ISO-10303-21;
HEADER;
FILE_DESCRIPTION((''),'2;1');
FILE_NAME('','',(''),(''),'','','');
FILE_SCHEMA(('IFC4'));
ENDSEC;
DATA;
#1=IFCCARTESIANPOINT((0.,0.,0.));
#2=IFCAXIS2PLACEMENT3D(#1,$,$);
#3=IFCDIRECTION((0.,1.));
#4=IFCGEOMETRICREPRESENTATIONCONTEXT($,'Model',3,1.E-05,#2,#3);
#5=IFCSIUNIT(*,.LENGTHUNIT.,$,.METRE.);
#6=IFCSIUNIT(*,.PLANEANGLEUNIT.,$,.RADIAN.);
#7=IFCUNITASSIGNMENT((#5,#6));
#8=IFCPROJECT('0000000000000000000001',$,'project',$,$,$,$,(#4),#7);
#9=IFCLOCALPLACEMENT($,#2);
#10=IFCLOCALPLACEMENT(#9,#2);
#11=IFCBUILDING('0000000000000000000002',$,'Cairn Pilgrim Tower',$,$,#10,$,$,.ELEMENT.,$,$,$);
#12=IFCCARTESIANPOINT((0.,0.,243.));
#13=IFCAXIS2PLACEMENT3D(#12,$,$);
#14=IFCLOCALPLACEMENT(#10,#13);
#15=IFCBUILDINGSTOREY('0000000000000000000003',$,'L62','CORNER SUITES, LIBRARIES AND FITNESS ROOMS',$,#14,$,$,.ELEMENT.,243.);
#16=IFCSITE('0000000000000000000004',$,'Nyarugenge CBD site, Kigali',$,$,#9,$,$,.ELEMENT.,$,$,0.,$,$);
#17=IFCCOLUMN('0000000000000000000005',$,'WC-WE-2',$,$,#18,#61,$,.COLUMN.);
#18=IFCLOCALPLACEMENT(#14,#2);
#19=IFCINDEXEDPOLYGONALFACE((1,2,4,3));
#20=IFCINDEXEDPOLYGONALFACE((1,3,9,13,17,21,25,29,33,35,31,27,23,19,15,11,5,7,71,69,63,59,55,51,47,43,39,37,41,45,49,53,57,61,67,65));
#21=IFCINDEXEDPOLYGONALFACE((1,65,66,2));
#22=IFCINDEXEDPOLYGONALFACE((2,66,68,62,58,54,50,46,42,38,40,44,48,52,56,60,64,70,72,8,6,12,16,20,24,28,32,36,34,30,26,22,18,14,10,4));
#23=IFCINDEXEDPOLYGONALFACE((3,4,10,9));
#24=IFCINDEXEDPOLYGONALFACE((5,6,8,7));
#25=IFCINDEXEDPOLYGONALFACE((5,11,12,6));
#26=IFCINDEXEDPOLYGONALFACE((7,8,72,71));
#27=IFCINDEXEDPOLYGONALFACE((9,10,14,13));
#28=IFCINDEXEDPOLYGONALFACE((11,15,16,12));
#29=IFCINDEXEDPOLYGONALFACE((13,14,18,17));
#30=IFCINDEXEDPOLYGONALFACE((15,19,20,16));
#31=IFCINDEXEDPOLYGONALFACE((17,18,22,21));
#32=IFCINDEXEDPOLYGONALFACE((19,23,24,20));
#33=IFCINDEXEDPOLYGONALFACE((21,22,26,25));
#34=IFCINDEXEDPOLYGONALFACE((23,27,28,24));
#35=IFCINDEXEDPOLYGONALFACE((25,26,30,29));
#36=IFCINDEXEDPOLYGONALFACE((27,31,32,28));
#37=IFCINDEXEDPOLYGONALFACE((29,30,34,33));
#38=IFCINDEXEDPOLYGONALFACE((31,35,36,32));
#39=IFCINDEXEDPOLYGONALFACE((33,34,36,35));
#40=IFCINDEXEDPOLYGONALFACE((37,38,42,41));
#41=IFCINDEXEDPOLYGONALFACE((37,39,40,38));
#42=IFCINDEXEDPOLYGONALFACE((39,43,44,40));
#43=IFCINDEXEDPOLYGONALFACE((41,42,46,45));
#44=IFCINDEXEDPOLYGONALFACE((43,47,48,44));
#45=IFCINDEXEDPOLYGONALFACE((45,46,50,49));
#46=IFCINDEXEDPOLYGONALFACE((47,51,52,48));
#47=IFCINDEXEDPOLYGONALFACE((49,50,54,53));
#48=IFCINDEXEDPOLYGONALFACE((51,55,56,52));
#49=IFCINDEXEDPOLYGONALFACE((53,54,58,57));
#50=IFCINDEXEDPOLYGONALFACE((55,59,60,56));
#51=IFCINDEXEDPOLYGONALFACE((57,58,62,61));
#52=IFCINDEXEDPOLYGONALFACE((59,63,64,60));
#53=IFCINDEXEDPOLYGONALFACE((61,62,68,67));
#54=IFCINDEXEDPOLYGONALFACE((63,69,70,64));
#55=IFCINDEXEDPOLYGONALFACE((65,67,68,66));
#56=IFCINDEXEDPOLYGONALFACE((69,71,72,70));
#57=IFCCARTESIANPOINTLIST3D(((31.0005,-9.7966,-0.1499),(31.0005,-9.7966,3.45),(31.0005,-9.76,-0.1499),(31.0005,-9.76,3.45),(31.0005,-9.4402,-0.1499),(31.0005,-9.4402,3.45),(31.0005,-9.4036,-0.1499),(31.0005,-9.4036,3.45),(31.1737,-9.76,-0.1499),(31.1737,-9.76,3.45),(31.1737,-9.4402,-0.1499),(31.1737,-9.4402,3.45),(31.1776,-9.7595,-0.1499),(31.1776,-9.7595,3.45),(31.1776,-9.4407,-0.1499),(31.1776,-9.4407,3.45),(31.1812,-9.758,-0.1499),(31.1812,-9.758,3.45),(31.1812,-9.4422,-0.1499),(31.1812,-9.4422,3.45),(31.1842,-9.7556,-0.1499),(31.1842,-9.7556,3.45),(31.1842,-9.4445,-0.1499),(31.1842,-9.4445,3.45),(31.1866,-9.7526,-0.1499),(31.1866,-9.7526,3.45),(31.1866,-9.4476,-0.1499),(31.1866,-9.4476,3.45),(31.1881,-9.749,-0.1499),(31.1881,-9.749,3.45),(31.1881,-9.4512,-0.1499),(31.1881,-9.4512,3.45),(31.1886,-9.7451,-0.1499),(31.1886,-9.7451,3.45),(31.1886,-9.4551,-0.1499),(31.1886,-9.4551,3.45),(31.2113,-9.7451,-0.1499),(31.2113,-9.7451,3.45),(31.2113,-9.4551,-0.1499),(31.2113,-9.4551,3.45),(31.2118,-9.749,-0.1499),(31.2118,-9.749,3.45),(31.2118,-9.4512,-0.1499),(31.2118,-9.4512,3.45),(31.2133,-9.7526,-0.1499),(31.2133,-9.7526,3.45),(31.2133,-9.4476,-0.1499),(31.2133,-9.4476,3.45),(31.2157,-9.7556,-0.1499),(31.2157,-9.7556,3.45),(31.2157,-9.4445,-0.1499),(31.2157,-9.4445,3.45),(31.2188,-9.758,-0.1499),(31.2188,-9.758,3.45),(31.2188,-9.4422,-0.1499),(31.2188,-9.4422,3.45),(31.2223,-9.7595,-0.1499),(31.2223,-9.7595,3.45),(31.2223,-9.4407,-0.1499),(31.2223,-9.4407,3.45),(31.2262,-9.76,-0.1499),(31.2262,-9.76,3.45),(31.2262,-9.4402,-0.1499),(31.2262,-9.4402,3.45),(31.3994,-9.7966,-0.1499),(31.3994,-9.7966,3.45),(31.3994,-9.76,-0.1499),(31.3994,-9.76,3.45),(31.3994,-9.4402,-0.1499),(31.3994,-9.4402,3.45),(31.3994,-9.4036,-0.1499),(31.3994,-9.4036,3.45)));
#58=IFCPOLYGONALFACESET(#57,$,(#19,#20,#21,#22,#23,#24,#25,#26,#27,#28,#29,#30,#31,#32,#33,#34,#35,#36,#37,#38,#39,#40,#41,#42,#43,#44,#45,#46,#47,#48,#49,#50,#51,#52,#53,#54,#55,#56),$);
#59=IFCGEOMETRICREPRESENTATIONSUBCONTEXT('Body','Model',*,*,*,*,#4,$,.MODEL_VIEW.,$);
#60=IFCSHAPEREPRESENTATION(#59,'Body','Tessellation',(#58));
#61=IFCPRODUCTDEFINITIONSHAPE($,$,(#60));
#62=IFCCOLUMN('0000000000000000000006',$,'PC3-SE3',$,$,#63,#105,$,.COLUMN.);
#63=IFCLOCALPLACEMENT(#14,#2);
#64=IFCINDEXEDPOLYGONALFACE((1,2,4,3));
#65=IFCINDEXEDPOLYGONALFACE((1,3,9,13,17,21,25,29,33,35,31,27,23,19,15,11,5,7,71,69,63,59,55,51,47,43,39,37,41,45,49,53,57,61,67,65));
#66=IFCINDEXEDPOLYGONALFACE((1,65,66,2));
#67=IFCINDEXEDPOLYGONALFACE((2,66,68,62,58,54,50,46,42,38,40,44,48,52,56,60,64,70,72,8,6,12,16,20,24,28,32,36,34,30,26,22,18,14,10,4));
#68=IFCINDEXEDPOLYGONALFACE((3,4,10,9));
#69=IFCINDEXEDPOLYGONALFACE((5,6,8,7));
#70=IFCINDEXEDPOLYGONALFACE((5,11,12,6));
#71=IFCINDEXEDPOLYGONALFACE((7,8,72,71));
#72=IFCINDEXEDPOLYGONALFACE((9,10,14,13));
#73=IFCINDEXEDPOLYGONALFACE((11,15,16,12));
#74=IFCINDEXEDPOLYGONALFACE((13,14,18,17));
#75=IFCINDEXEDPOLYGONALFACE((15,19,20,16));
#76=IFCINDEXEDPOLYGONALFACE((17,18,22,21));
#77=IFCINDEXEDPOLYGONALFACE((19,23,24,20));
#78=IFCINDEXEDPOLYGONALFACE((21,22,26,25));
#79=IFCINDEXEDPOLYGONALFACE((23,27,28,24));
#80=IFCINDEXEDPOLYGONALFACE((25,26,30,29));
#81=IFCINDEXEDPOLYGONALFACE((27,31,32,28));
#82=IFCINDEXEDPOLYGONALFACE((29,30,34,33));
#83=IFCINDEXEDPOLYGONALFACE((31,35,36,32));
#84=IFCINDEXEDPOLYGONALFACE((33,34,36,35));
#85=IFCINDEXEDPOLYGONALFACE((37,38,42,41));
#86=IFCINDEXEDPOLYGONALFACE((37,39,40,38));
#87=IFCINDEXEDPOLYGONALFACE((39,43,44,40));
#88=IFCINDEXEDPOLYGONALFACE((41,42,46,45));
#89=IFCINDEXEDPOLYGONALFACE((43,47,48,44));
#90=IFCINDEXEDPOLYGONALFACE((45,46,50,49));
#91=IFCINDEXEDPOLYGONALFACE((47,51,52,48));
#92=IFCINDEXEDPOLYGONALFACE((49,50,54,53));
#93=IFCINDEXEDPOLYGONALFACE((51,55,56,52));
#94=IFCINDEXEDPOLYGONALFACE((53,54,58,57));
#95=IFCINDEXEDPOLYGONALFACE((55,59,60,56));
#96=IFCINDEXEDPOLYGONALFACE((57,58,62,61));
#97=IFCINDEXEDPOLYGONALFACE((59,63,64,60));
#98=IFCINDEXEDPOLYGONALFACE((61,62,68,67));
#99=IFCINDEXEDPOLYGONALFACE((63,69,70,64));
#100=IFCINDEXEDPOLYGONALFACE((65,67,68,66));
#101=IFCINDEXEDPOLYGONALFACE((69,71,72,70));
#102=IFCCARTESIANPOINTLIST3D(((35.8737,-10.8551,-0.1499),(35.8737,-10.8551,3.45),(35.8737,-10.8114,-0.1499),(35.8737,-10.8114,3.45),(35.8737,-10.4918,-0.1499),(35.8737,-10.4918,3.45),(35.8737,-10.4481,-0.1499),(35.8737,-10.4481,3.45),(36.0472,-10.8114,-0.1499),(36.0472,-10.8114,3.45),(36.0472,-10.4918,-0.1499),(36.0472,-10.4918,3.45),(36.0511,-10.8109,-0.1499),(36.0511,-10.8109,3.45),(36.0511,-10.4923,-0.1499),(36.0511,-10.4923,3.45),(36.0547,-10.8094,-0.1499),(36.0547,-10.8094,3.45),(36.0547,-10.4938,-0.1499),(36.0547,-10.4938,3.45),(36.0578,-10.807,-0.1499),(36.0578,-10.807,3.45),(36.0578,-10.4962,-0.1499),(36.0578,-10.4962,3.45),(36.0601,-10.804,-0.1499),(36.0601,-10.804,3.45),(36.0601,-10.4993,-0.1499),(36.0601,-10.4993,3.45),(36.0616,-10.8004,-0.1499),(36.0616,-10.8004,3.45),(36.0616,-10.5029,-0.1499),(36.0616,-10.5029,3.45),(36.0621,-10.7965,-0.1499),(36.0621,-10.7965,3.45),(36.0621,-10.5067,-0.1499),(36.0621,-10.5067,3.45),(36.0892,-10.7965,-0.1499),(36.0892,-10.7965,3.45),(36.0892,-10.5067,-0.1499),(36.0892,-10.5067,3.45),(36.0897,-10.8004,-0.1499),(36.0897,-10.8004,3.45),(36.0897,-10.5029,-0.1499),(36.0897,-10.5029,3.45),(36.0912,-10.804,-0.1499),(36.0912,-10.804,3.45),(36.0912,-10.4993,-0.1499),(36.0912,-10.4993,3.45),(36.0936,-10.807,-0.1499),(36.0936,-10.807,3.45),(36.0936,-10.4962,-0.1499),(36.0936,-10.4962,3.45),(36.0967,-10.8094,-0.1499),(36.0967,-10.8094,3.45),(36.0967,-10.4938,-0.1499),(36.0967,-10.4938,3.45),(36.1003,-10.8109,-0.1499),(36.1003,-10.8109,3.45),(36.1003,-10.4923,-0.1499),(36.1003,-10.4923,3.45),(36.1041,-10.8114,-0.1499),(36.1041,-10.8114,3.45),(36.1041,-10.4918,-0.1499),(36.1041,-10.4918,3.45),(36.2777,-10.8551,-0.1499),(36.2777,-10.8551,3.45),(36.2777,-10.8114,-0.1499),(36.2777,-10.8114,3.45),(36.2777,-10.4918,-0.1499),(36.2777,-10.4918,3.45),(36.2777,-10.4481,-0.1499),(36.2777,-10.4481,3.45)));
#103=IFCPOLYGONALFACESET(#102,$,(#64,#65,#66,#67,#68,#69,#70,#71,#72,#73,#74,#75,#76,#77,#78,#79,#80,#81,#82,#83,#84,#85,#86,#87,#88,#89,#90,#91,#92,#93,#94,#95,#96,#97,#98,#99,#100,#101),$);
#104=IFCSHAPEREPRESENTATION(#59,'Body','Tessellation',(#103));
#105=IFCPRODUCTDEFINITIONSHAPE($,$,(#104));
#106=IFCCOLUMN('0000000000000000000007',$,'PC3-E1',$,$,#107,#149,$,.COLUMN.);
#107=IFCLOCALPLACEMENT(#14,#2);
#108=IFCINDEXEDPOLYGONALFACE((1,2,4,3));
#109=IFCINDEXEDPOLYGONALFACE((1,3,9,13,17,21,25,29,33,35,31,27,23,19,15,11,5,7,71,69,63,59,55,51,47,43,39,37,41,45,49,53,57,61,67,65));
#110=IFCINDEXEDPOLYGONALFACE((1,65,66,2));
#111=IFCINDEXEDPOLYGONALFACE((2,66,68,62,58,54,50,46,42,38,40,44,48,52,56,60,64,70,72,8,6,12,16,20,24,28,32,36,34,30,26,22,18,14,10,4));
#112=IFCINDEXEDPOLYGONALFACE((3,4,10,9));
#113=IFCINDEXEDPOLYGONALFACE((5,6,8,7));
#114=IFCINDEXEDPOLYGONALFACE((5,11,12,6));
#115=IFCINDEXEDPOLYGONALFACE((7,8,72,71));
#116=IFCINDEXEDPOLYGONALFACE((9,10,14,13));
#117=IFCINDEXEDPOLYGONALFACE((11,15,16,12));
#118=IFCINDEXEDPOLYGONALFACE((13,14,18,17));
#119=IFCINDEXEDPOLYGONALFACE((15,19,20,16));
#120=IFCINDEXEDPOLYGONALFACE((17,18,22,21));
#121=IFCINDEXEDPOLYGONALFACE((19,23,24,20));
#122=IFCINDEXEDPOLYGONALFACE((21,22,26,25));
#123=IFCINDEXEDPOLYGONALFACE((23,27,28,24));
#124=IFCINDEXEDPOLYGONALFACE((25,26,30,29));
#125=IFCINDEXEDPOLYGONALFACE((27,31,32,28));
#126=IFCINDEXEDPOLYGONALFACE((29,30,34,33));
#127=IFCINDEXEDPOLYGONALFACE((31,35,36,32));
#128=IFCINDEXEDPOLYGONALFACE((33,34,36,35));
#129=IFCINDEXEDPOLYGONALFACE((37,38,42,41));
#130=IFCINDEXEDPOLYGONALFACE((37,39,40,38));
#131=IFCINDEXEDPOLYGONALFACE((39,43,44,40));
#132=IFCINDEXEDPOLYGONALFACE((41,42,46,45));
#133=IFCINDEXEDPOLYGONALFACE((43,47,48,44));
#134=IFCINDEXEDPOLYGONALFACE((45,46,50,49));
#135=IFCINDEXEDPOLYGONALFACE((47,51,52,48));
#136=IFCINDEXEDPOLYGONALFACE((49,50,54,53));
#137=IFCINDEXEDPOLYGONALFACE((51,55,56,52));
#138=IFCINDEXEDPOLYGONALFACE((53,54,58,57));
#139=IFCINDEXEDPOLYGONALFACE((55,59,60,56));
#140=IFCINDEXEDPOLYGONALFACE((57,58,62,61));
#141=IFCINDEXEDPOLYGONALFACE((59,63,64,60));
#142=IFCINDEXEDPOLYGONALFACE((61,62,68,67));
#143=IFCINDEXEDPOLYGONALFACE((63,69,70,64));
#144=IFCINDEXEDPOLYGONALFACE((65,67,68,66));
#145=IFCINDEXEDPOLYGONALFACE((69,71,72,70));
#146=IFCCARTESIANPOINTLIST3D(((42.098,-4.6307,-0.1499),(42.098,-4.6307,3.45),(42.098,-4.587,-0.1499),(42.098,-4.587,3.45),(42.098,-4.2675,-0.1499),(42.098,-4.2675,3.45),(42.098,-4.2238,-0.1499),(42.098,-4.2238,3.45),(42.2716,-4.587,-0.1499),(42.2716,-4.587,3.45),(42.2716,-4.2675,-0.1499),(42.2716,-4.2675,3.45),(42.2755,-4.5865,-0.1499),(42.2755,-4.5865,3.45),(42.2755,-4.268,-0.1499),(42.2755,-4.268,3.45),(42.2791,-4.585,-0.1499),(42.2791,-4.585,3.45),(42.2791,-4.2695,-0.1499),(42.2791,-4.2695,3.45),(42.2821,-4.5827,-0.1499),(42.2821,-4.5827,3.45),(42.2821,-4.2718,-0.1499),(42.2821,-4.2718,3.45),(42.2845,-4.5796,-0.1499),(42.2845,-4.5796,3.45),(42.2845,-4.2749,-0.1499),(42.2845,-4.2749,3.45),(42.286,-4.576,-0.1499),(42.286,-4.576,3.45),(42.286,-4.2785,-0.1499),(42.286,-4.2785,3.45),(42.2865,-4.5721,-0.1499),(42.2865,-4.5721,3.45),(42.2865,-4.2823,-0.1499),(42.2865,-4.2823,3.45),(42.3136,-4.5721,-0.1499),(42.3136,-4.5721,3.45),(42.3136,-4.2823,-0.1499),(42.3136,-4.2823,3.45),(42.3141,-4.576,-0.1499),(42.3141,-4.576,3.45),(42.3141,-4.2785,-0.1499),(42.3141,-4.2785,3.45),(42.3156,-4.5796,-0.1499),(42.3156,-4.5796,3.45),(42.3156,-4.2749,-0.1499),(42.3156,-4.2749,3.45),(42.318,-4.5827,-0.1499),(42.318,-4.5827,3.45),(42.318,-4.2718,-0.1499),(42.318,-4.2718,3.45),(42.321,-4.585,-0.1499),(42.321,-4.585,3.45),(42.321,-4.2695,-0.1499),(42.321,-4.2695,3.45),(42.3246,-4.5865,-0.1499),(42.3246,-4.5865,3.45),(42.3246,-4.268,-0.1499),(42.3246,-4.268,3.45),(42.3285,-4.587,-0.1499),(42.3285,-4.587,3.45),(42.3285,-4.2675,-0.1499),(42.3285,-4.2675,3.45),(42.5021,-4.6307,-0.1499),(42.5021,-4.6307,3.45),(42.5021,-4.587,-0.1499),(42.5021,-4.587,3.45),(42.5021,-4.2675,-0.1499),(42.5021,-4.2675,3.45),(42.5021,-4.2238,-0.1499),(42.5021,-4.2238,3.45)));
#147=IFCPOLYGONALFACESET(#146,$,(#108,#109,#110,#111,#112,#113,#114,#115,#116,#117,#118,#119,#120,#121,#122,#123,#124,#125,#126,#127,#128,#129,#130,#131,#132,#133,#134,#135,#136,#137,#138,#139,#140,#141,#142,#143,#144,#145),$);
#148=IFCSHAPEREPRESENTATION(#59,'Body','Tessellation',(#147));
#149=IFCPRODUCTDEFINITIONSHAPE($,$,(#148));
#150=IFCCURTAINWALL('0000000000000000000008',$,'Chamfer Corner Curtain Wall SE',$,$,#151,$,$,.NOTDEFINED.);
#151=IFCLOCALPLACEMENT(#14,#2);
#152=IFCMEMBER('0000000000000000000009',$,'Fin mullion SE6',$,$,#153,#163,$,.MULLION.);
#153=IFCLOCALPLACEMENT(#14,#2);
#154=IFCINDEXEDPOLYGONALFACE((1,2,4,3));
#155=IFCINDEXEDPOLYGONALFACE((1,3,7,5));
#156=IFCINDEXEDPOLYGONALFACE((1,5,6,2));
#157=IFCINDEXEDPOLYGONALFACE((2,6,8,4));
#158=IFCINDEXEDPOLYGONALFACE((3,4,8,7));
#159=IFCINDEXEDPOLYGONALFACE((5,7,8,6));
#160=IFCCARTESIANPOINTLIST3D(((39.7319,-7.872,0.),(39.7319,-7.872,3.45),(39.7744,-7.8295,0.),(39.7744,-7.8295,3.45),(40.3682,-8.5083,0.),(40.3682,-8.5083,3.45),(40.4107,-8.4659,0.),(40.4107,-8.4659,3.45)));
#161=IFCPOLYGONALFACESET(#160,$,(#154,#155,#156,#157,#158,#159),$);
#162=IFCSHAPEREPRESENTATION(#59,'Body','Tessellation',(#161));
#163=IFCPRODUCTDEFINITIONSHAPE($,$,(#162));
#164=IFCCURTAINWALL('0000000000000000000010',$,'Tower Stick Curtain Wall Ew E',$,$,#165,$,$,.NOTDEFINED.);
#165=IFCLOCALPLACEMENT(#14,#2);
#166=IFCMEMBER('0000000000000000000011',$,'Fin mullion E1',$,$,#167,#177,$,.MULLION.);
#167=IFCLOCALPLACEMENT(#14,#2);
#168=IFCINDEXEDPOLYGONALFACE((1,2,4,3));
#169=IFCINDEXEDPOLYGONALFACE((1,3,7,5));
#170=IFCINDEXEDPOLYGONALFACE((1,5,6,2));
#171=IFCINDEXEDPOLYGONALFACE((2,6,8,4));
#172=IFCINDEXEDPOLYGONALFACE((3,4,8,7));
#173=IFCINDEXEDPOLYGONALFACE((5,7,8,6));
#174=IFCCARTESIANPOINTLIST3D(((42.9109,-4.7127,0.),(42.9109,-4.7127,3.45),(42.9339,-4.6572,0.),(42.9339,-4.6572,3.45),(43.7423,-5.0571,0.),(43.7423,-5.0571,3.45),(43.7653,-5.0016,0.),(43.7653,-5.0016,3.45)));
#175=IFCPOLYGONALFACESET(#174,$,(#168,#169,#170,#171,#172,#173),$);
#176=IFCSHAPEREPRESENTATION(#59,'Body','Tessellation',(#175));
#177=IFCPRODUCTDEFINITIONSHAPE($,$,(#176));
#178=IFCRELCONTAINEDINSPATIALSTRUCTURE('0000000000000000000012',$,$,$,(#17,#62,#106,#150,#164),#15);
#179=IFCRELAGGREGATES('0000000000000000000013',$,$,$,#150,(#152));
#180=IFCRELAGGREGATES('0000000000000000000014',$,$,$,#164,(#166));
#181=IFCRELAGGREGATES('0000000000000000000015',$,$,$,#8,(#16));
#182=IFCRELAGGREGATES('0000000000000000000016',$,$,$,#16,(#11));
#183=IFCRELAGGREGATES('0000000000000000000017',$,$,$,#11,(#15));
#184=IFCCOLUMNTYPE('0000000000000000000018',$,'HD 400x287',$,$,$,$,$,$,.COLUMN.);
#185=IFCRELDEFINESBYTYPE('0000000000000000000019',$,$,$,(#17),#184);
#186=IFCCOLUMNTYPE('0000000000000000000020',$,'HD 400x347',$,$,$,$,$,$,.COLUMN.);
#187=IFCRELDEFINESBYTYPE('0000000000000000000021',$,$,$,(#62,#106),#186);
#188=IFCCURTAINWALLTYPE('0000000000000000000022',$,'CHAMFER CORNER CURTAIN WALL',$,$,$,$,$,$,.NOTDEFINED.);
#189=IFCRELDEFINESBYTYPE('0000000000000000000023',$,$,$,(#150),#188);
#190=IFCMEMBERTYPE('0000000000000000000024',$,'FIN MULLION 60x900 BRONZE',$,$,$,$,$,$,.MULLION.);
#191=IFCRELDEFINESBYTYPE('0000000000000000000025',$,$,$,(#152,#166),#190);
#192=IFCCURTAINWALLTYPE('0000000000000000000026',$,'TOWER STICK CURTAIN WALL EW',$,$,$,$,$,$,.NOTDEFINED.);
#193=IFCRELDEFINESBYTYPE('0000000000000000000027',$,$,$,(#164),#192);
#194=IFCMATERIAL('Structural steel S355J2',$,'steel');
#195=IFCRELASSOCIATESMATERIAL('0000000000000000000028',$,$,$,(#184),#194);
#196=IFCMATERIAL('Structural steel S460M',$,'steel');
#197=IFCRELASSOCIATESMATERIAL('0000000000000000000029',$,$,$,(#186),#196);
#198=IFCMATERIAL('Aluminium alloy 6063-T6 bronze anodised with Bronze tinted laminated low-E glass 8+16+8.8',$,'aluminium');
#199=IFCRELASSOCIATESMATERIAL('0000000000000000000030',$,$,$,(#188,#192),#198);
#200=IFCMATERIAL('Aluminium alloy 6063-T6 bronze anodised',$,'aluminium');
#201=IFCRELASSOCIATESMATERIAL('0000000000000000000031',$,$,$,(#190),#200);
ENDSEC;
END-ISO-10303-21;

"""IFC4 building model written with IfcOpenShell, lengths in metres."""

from ifc_helpers import new_model, si_unit, direction, frame, origin, origin_2d, place, context, subcontext, project, spatial, rectangle, i_section, extrude, material, material_profile, profile_set, type_object, element, aggregate, save


model = new_model("IFC4")

# Units and contexts
model_context = context("Model", 3, precision=1e-05, world=origin(), true_north=direction((0.0, 1.0)))
body_context = subcontext(model_context, "Body", "Model", "MODEL_VIEW")
ifc_project = project(units=[si_unit("LENGTHUNIT", "METRE"), si_unit("PLANEANGLEUNIT", "RADIAN")], contexts=[model_context])

# Site, building, storey
site_placement = place(None, origin())
site = spatial("IfcSite", under=ifc_project, at=site_placement, Name="Nyarugenge CBD site, Kigali", CompositionType="ELEMENT", RefElevation=0.0)
building_placement = place(site_placement, origin())
building = spatial("IfcBuilding", under=site, at=building_placement, Name="Cairn Pilgrim Tower", CompositionType="ELEMENT")
storey_placement = place(building_placement, frame((0.0, 0.0, 243.0)))
storey = spatial("IfcBuildingStorey", under=building, at=storey_placement, Name="L62", Description="CORNER SUITES, LIBRARIES AND FITNESS ROOMS", CompositionType="ELEMENT", Elevation=243.0)

# Columns
ifc_material_1 = material(Name="Structural steel S355J2", Category="steel")
ifc_material_profile_1 = material_profile(ifc_material_1, i_section(OverallWidth=0.3989, OverallDepth=0.3931, WebThickness=0.0227, FlangeThickness=0.0366, FilletRadius=0.0149, at=origin_2d()), Name="HD 400x287")
ifc_profile_set_1 = profile_set([ifc_material_profile_1], Name="Structural steel S355J2")
column_type_1 = type_object("IfcColumnType", Name="HD 400x287", PredefinedType="COLUMN", material=ifc_profile_set_1)
column_placement = place(storey_placement, frame((31.2, -9.6001, -0.1499), z_axis=(0.0, 0.0, 1.0), x_axis=(1.0, 0.0, 0.0)))
element("IfcColumn", 1, at=column_placement, inside=storey, type_object=column_type_1, Name="WC-WE-2", PredefinedType="COLUMN", context=body_context, shape_type="SweptSolid", body=[
    extrude(i_section(OverallWidth=0.3989, OverallDepth=0.3931, WebThickness=0.0227, FlangeThickness=0.0366, FilletRadius=0.0149, at=origin_2d()), origin(), (0.0, 0.0, 1.0), 3.5999),
])
ifc_material_2 = material(Name="Structural steel S460M", Category="steel")
ifc_material_profile_2 = material_profile(ifc_material_2, i_section(OverallWidth=0.4041, OverallDepth=0.407, WebThickness=0.0271, FlangeThickness=0.0437, FilletRadius=0.0149, at=origin_2d()), Name="HD 400x347")
ifc_profile_set_2 = profile_set([ifc_material_profile_2], Name="Structural steel S460M")
column_type_2 = type_object("IfcColumnType", Name="HD 400x347", PredefinedType="COLUMN", material=ifc_profile_set_2)
for number, where, z_axis, x_axis, name in (
    (2, (36.0757, -10.6516, -0.1499), (0.0, 0.0, 1.0), (1.0, 0.0, 0.0), "PC3-SE3"),
    (3, (42.3, -4.4272, -0.1499), (0.0, 0.0, 1.0), (1.0, 0.0, 0.0), "PC3-E1"),
):
    element("IfcColumn", number, at=place(storey_placement, frame(where, z_axis=z_axis, x_axis=x_axis)), inside=storey, type_object=column_type_2, Name=name, PredefinedType="COLUMN", context=body_context, shape_type="SweptSolid", body=[
        extrude(i_section(OverallWidth=0.4041, OverallDepth=0.407, WebThickness=0.0271, FlangeThickness=0.0437, FilletRadius=0.0149, at=origin_2d()), origin(), (0.0, 0.0, 1.0), 3.5999),
    ])

# Curtain walls, members
ifc_material_3 = material(Name="Aluminium alloy 6063-T6 bronze anodised with Bronze tinted laminated low-E glass 8+16+8.8", Category="aluminium")
curtain_wall_type_1 = type_object("IfcCurtainWallType", Name="CHAMFER CORNER CURTAIN WALL", PredefinedType="NOTDEFINED", material=ifc_material_3)
curtain_wall_1_placement = place(storey_placement, origin())
curtain_wall_1 = element("IfcCurtainWall", 4, at=curtain_wall_1_placement, inside=storey, type_object=curtain_wall_type_1, Name="Chamfer Corner Curtain Wall SE", PredefinedType="NOTDEFINED")
ifc_material_4 = material(Name="Aluminium alloy 6063-T6 bronze anodised", Category="aluminium")
ifc_material_profile_3 = material_profile(ifc_material_4, rectangle(XDim=0.8999, YDim=0.0601, at=origin_2d()), Name="FIN MULLION 60x900 BRONZE")
ifc_profile_set_3 = profile_set([ifc_material_profile_3], Name="Aluminium alloy 6063-T6 bronze anodised")
member_type = type_object("IfcMemberType", Name="FIN MULLION 60x900 BRONZE", PredefinedType="MULLION", material=ifc_profile_set_3)
member_1_placement = place(storey_placement, frame((40.0713, -8.1689, 0.0), z_axis=(0.0, 0.0, 1.0), x_axis=(0.707107, -0.707107, 0.0)))
member_1 = element("IfcMember", 5, at=member_1_placement, type_object=member_type, Name="Fin mullion SE6", PredefinedType="MULLION", context=body_context, shape_type="SweptSolid", body=[
    extrude(rectangle(XDim=0.8999, YDim=0.0601, at=origin_2d()), origin(), (0.0, 0.0, 1.0), 3.45),
])
aggregate(curtain_wall_1, [member_1])
curtain_wall_type_2 = type_object("IfcCurtainWallType", Name="TOWER STICK CURTAIN WALL EW", PredefinedType="NOTDEFINED", material=ifc_material_3)
curtain_wall_2_placement = place(storey_placement, origin())
curtain_wall_2 = element("IfcCurtainWall", 6, at=curtain_wall_2_placement, inside=storey, type_object=curtain_wall_type_2, Name="Tower Stick Curtain Wall Ew E", PredefinedType="NOTDEFINED")
member_2_placement = place(storey_placement, frame((43.3381, -4.8572, 0.0), z_axis=(0.0, 0.0, 1.0), x_axis=(0.92388, -0.382683, 0.0)))
member_2 = element("IfcMember", 7, at=member_2_placement, type_object=member_type, Name="Fin mullion E1", PredefinedType="MULLION", context=body_context, shape_type="SweptSolid", body=[
    extrude(rectangle(XDim=0.8999, YDim=0.0601, at=origin_2d()), origin(), (0.0, 0.0, 1.0), 3.45),
])
aggregate(curtain_wall_2, [member_2])

save(model, "model.ifc")
